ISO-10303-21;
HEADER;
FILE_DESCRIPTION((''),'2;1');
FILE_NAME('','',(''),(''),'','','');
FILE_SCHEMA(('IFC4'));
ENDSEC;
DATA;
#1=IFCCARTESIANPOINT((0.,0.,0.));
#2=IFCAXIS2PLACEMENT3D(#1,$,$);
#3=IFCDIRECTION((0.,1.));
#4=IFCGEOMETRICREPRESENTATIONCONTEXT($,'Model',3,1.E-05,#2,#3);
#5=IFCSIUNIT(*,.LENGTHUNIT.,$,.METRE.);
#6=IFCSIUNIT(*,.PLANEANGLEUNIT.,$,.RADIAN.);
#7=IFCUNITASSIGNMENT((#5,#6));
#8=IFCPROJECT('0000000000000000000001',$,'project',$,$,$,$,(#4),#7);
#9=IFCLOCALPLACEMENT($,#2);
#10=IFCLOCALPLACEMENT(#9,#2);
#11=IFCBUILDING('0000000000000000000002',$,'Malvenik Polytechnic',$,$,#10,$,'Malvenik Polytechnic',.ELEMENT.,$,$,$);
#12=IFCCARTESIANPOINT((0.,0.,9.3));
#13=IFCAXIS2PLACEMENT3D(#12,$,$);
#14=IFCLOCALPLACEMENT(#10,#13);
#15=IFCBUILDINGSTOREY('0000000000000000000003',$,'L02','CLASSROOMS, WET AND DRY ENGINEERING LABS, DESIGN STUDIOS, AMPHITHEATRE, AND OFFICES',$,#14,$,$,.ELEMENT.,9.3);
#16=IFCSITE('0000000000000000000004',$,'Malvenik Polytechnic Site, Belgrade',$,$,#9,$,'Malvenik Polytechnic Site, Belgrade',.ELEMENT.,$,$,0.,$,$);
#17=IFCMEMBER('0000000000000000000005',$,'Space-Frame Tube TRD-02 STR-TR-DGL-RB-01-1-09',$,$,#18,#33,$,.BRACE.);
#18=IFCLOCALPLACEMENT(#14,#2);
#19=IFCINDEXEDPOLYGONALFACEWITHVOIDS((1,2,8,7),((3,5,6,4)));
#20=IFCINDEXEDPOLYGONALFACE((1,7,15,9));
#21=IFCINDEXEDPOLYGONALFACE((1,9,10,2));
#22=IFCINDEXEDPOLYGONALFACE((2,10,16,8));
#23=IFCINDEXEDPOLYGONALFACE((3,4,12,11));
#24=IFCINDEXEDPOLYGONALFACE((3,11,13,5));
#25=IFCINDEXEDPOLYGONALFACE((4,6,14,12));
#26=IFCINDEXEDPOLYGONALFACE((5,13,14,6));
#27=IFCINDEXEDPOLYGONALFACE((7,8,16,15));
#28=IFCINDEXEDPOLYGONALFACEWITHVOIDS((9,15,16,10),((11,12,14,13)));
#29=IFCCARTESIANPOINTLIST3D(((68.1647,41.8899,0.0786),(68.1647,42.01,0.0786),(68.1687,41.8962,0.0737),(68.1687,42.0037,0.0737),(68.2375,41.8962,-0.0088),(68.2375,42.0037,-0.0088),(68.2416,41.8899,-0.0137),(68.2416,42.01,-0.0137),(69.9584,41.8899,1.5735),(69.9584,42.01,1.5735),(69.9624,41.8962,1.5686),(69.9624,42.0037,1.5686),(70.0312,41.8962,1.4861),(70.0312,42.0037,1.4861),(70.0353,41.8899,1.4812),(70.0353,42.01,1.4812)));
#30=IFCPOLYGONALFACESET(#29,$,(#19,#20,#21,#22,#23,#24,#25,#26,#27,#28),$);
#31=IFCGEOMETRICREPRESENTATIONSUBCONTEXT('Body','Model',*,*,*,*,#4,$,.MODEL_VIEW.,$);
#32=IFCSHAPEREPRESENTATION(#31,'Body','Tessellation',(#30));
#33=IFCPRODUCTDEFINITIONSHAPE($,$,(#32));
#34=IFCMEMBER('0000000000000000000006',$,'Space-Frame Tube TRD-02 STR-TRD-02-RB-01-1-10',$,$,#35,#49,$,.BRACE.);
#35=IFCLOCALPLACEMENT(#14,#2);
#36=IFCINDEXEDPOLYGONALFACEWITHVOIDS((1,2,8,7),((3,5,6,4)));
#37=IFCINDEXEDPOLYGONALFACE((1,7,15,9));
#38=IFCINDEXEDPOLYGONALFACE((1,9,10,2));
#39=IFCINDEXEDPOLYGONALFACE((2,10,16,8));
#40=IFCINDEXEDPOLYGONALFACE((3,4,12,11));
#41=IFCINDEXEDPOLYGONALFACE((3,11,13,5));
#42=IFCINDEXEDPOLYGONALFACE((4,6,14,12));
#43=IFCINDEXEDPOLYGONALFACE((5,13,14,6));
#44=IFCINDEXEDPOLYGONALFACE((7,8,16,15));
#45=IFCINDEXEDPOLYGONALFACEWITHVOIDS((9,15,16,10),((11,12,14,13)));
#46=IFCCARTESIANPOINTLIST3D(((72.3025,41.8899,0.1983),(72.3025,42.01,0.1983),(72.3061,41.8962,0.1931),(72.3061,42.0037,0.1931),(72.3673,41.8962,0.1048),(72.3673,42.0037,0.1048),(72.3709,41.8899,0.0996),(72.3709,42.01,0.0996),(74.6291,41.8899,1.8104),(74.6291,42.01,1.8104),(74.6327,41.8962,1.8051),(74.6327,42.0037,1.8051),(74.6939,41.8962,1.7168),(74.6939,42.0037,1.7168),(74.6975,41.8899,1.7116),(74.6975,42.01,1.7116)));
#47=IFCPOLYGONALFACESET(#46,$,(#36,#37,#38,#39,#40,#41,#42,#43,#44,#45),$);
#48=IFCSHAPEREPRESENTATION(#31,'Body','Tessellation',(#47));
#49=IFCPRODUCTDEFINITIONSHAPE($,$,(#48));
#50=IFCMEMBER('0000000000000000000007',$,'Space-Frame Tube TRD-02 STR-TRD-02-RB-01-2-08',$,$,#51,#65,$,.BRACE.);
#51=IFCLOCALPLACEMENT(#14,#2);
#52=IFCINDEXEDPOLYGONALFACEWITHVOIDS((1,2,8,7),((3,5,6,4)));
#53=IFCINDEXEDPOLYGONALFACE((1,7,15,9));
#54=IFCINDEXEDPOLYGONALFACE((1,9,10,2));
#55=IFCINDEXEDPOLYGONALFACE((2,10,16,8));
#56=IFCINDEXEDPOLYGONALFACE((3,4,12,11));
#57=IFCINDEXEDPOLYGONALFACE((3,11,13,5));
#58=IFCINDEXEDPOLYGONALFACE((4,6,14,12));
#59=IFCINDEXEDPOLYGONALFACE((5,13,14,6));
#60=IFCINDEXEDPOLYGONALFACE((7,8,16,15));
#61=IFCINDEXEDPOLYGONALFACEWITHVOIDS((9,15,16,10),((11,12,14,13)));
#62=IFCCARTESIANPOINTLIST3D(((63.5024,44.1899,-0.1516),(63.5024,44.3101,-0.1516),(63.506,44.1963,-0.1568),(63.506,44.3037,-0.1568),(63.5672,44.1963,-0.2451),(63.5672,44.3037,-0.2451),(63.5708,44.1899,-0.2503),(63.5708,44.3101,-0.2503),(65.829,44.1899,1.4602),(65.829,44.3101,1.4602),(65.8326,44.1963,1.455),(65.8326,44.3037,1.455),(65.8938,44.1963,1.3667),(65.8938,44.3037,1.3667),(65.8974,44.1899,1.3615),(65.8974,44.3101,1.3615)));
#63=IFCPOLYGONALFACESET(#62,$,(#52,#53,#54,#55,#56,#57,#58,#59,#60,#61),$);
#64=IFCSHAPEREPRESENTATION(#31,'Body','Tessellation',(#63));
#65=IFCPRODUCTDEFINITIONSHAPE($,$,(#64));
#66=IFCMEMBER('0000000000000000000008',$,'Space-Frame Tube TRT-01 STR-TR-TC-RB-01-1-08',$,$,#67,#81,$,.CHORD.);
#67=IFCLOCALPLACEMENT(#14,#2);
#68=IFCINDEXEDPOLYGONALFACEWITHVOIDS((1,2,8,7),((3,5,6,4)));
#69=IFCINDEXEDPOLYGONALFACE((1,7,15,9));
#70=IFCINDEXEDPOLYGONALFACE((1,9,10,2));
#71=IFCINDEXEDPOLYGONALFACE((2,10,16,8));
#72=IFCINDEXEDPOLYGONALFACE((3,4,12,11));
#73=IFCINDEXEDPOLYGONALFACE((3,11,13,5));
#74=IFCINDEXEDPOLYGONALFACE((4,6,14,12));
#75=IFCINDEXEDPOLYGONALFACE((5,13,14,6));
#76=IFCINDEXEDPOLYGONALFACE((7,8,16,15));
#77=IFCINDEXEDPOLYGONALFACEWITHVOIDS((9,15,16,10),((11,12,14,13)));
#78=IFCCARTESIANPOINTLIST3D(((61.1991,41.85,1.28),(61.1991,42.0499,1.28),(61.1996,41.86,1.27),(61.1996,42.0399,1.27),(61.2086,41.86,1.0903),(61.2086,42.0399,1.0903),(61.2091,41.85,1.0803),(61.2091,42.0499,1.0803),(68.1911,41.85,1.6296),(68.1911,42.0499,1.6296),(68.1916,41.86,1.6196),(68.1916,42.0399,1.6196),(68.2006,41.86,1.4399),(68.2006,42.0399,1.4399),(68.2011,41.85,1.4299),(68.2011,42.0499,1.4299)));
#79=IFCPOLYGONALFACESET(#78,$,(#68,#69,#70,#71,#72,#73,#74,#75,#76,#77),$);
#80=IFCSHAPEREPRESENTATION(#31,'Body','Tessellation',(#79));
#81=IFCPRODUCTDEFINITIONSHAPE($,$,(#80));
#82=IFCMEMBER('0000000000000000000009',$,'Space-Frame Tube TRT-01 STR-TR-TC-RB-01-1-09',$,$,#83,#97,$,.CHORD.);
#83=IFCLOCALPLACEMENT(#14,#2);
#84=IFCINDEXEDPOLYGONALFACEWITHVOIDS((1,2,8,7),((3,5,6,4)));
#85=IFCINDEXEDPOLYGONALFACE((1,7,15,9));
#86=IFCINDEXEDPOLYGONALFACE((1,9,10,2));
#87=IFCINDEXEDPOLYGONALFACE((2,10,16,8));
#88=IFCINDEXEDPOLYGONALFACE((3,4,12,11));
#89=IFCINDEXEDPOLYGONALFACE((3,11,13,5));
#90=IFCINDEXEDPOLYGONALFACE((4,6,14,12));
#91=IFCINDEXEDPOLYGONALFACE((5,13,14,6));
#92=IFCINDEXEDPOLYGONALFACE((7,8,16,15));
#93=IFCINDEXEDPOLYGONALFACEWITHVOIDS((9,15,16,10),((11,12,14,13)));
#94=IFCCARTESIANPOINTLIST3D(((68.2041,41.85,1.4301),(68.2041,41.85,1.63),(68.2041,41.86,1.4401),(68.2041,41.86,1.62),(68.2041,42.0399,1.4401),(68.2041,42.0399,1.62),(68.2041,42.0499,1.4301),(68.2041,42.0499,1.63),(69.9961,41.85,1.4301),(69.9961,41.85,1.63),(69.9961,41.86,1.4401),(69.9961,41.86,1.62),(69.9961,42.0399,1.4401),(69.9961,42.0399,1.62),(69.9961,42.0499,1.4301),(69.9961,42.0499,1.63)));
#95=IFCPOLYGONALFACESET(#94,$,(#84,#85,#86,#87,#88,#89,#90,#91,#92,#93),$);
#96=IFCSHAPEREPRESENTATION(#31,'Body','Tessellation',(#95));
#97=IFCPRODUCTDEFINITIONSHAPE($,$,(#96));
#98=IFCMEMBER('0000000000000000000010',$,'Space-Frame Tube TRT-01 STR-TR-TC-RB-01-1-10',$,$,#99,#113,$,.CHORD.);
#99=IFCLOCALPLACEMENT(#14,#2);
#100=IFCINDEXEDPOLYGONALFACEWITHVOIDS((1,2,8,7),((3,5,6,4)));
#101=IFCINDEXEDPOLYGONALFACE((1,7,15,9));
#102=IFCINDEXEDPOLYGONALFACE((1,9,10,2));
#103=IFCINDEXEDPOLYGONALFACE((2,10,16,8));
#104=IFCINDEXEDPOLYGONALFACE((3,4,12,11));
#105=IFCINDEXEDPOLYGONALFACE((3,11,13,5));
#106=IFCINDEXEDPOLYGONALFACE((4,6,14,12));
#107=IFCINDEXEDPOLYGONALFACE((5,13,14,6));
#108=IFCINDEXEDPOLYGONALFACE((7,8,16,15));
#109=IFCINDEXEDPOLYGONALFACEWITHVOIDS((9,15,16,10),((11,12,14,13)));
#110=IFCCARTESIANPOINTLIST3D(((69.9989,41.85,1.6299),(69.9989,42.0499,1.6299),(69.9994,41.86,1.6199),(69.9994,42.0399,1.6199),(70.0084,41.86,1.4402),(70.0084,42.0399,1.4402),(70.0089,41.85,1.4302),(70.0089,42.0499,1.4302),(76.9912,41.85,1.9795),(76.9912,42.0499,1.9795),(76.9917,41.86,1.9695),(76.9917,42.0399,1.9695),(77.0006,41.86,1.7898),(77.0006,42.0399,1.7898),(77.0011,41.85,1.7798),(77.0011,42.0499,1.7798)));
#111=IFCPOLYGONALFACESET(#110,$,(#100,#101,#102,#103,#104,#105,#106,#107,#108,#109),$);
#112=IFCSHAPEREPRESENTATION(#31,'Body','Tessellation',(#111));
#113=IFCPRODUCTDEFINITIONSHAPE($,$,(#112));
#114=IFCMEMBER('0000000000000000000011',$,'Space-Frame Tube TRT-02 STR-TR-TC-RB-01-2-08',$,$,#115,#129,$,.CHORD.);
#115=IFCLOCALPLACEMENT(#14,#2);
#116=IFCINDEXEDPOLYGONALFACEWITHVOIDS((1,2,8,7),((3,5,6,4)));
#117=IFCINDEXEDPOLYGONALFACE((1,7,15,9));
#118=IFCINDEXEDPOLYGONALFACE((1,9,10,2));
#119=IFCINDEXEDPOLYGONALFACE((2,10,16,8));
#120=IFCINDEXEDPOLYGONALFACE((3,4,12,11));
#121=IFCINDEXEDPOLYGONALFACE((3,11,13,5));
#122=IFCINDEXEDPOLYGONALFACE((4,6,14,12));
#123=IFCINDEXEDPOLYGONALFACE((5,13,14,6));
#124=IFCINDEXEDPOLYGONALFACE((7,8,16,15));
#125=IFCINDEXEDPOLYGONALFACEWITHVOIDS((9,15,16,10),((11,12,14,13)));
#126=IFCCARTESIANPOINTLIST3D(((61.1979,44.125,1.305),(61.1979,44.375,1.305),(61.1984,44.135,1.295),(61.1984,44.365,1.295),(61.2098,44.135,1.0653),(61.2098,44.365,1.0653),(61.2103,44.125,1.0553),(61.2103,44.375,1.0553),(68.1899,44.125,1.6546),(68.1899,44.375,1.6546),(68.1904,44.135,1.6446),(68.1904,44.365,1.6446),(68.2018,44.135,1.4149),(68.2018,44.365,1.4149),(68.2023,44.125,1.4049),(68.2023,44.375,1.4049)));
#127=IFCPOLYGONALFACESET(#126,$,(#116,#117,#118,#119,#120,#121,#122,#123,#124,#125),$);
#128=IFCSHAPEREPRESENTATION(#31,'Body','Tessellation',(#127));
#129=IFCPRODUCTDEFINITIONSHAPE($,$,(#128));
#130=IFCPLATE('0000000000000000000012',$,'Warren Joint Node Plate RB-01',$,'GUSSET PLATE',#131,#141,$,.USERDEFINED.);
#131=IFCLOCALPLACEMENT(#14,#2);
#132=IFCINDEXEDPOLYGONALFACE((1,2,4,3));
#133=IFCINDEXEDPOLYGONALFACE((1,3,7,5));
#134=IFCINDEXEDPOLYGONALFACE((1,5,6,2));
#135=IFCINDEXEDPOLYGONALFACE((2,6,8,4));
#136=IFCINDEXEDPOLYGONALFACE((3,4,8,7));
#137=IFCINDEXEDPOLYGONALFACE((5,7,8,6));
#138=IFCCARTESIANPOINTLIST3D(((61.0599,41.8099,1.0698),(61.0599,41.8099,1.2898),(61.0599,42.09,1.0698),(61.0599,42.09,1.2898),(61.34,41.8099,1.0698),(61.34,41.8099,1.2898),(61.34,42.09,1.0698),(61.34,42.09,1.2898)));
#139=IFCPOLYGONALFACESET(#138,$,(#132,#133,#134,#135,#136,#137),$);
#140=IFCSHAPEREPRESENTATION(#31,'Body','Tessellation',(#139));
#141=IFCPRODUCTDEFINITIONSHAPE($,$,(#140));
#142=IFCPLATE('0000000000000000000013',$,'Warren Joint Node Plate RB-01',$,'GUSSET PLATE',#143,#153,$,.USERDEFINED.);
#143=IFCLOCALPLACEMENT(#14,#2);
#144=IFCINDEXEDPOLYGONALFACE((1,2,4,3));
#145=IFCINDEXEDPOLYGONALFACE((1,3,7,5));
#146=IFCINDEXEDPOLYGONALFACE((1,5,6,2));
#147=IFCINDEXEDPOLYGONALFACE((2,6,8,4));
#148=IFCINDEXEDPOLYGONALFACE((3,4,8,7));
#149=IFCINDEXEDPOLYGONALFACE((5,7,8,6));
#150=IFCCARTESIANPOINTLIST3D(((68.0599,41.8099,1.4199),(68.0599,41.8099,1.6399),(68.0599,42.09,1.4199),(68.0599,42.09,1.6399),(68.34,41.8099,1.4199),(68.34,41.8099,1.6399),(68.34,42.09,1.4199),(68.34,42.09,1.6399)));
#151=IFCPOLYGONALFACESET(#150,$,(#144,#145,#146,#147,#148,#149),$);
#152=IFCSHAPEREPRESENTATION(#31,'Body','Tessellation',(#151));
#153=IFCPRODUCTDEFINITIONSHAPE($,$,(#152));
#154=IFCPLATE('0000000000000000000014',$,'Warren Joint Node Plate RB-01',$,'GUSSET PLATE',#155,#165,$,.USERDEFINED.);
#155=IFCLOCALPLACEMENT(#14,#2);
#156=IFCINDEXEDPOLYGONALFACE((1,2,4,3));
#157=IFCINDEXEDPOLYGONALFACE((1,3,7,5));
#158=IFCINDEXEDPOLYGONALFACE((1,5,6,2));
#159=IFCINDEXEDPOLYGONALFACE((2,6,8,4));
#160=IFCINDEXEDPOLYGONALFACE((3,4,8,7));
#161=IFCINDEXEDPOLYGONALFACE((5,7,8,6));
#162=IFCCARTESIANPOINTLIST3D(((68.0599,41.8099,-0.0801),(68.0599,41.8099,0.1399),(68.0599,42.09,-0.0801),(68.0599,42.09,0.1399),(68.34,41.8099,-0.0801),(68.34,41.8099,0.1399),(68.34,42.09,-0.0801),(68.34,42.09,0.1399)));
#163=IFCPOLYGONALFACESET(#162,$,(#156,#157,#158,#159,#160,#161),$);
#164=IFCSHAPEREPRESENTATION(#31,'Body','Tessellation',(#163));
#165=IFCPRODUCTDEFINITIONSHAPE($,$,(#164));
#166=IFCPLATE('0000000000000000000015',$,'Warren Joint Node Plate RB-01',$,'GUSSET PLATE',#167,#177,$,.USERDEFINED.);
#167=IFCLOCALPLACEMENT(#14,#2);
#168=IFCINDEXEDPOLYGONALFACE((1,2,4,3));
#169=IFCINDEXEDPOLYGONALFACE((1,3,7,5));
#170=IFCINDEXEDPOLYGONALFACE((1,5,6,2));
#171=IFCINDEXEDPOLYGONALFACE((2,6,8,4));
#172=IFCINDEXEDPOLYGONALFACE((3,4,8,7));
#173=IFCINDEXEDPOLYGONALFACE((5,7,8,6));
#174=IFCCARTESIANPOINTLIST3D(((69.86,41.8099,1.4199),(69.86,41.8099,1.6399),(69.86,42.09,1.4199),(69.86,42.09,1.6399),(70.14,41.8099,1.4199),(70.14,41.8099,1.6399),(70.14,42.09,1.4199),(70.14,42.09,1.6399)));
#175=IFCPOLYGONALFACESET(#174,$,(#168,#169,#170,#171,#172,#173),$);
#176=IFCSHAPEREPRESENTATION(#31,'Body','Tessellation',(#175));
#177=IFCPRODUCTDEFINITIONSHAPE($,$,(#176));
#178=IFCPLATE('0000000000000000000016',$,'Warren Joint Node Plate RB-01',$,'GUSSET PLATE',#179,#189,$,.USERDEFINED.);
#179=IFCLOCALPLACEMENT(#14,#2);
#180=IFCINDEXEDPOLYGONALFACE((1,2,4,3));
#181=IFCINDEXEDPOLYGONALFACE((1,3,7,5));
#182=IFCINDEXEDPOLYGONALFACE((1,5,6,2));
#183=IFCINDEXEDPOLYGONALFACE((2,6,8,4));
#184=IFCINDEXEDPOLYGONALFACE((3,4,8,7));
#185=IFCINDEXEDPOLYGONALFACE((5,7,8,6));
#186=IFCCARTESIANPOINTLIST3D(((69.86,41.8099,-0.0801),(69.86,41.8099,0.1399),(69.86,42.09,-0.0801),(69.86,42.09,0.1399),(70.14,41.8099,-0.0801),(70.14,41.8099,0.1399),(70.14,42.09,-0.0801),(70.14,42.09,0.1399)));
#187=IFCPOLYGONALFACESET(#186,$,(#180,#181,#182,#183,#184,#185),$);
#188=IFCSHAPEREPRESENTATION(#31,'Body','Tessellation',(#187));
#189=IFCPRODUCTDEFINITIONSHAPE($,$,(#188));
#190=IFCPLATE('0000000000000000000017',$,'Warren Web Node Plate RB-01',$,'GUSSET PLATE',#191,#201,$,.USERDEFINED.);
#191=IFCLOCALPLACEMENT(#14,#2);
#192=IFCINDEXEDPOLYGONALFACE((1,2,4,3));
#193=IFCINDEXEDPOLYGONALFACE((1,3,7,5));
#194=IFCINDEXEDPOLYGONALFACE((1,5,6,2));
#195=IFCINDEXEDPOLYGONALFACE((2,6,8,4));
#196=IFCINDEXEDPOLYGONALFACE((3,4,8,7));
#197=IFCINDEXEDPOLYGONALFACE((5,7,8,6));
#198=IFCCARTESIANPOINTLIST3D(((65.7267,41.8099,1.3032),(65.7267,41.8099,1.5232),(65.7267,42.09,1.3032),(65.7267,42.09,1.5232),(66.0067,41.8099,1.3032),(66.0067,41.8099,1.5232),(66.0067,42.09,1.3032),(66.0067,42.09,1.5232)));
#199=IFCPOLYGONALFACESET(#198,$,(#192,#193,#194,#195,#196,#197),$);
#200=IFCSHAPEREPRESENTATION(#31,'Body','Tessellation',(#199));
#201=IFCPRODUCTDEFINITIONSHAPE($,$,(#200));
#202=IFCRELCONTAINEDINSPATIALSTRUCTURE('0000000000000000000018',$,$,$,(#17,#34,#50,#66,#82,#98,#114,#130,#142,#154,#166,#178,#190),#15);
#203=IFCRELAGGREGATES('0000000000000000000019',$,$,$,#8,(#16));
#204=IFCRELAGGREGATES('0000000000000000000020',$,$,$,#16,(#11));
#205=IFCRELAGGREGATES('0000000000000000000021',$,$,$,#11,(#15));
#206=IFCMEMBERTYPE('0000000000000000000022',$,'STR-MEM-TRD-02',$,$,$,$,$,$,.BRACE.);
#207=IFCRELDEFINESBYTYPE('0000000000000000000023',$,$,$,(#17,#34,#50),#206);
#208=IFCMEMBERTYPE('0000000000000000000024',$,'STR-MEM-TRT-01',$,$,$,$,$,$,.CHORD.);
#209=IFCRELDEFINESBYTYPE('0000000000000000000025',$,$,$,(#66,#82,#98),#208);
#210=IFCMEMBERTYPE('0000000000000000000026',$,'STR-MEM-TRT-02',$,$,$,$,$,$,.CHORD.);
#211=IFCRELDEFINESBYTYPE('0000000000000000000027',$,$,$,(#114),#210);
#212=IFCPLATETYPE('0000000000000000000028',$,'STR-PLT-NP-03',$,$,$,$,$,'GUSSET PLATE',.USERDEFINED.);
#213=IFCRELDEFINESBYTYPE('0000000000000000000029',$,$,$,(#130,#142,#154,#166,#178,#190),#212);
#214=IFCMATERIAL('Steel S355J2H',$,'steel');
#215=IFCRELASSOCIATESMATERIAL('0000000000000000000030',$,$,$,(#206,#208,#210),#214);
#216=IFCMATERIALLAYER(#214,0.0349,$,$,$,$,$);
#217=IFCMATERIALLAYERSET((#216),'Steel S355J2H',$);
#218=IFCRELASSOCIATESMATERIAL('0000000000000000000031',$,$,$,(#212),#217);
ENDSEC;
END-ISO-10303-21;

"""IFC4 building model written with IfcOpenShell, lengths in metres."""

from ifc_helpers import new_model, si_unit, direction, frame, origin, origin_2d, place, context, subcontext, project, spatial, rectangle, hollow_rectangle, extrude, material, layer, layer_set, material_profile, profile_set, type_object, element, save


model = new_model("IFC4")

# Units and contexts
model_context = context("Model", 3, precision=1e-05, world=origin(), true_north=direction((0.0, 1.0)))
body_context = subcontext(model_context, "Body", "Model", "MODEL_VIEW")
ifc_project = project(units=[si_unit("LENGTHUNIT", "METRE"), si_unit("PLANEANGLEUNIT", "RADIAN")], contexts=[model_context])

# Site, building, storey
site_placement = place(None, origin())
site = spatial("IfcSite", under=ifc_project, at=site_placement, Name="Malvenik Polytechnic Site, Belgrade", LongName="Malvenik Polytechnic Site, Belgrade", CompositionType="ELEMENT", RefElevation=0.0)
building_placement = place(site_placement, origin())
building = spatial("IfcBuilding", under=site, at=building_placement, Name="Malvenik Polytechnic", LongName="Malvenik Polytechnic", CompositionType="ELEMENT")
storey_placement = place(building_placement, frame((0.0, 0.0, 9.3)))
storey = spatial("IfcBuildingStorey", under=building, at=storey_placement, Name="L02", Description="CLASSROOMS, WET AND DRY ENGINEERING LABS, DESIGN STUDIOS, AMPHITHEATRE, AND OFFICES", CompositionType="ELEMENT", Elevation=9.3)

# Shared definitions
ifc_material_1 = material(Name="Steel S355J2H", Category="steel")

# Members
ifc_material_profile_1 = material_profile(ifc_material_1, hollow_rectangle(XDim=0.1201, YDim=0.1201, WallThickness=0.0063, at=origin_2d()), Name="SHS 120x120x6.3")
ifc_profile_set_1 = profile_set([ifc_material_profile_1], Name="Steel S355J2H")
member_type_1 = type_object("IfcMemberType", Name="STR-MEM-TRD-02", PredefinedType="BRACE", material=ifc_profile_set_1)
member_1_placement = place(storey_placement, frame((68.2031, 41.95, 0.0325), z_axis=(0.768196, 0.0, 0.640215), x_axis=(0.0, 1.0, 0.0)))
element("IfcMember", 1, at=member_1_placement, inside=storey, type_object=member_type_1, Name="Space-Frame Tube TRD-02 STR-TR-DGL-RB-01-1-09", PredefinedType="BRACE", context=body_context, shape_type="SweptSolid", body=[
    extrude(hollow_rectangle(XDim=0.1201, YDim=0.1201, WallThickness=0.0063, at=origin_2d()), origin(), (0.0, 0.0, 1.0), 2.335),
])
member_2_placement = place(storey_placement, frame((72.3367, 41.95, 0.1489), z_axis=(0.821978, 0.0, 0.569519), x_axis=(0.0, 1.0, 0.0)))
element("IfcMember", 2, at=member_2_placement, inside=storey, type_object=member_type_1, Name="Space-Frame Tube TRD-02 STR-TRD-02-RB-01-1-10", PredefinedType="BRACE", context=body_context, shape_type="SweptSolid", body=[
    extrude(hollow_rectangle(XDim=0.1201, YDim=0.1201, WallThickness=0.0063, at=origin_2d()), origin(), (0.0, 0.0, 1.0), 2.8306),
])
member_3_placement = place(storey_placement, frame((63.5366, 44.25, -0.2009), z_axis=(0.822018, 0.0, 0.569461), x_axis=(0.0, 1.0, 0.0)))
element("IfcMember", 3, at=member_3_placement, inside=storey, type_object=member_type_1, Name="Space-Frame Tube TRD-02 STR-TRD-02-RB-01-2-08", PredefinedType="BRACE", context=body_context, shape_type="SweptSolid", body=[
    extrude(hollow_rectangle(XDim=0.1201, YDim=0.1201, WallThickness=0.0063, at=origin_2d()), origin(), (0.0, 0.0, 1.0), 2.8303),
])
ifc_material_profile_2 = material_profile(ifc_material_1, hollow_rectangle(XDim=0.2, YDim=0.2, WallThickness=0.01, at=origin_2d()), Name="SHS 200x200x10.0")
ifc_profile_set_2 = profile_set([ifc_material_profile_2], Name="Steel S355J2H")
member_type_2 = type_object("IfcMemberType", Name="STR-MEM-TRT-01", PredefinedType="CHORD", material=ifc_profile_set_2)
member_4_placement = place(storey_placement, frame((61.2041, 41.95, 1.1802), z_axis=(0.998752, 0.0, 0.049939), x_axis=(0.0, 1.0, 0.0)))
element("IfcMember", 4, at=member_4_placement, inside=storey, type_object=member_type_2, Name="Space-Frame Tube TRT-01 STR-TR-TC-RB-01-1-08", PredefinedType="CHORD", context=body_context, shape_type="SweptSolid", body=[
    extrude(hollow_rectangle(XDim=0.2, YDim=0.2, WallThickness=0.01, at=origin_2d()), origin(), (0.0, 0.0, 1.0), 7.0007),
])
member_5_placement = place(storey_placement, frame((68.2041, 41.95, 1.53), z_axis=(1.0, 0.0, 0.0), x_axis=(0.0, 1.0, 0.0)))
element("IfcMember", 5, at=member_5_placement, inside=storey, type_object=member_type_2, Name="Space-Frame Tube TRT-01 STR-TR-TC-RB-01-1-09", PredefinedType="CHORD", context=body_context, shape_type="SweptSolid", body=[
    extrude(hollow_rectangle(XDim=0.2, YDim=0.2, WallThickness=0.01, at=origin_2d()), origin(), (0.0, 0.0, 1.0), 1.792),
])
member_6_placement = place(storey_placement, frame((70.0039, 41.95, 1.53), z_axis=(0.998752, 0.0, 0.049938), x_axis=(0.0, 1.0, 0.0)))
element("IfcMember", 6, at=member_6_placement, inside=storey, type_object=member_type_2, Name="Space-Frame Tube TRT-01 STR-TR-TC-RB-01-1-10", PredefinedType="CHORD", context=body_context, shape_type="SweptSolid", body=[
    extrude(hollow_rectangle(XDim=0.2, YDim=0.2, WallThickness=0.01, at=origin_2d()), origin(), (0.0, 0.0, 1.0), 7.001),
])
ifc_material_profile_3 = material_profile(ifc_material_1, hollow_rectangle(XDim=0.25, YDim=0.25, WallThickness=0.01, at=origin_2d()), Name="SHS 250x250x10.0")
ifc_profile_set_3 = profile_set([ifc_material_profile_3], Name="Steel S355J2H")
member_type_3 = type_object("IfcMemberType", Name="STR-MEM-TRT-02", PredefinedType="CHORD", material=ifc_profile_set_3)
member_7_placement = place(storey_placement, frame((61.2041, 44.25, 1.1802), z_axis=(0.998752, 0.0, 0.049939), x_axis=(0.0, 1.0, 0.0)))
element("IfcMember", 7, at=member_7_placement, inside=storey, type_object=member_type_3, Name="Space-Frame Tube TRT-02 STR-TR-TC-RB-01-2-08", PredefinedType="CHORD", context=body_context, shape_type="SweptSolid", body=[
    extrude(hollow_rectangle(XDim=0.25, YDim=0.25, WallThickness=0.01, at=origin_2d()), origin(), (0.0, 0.0, 1.0), 7.0007),
])

# Plates
ifc_layer_1 = layer(ifc_material_1, 0.0349)
ifc_layer_set_1 = layer_set([ifc_layer_1], Name="Steel S355J2H")
plate_type = type_object("IfcPlateType", Name="STR-PLT-NP-03", ElementType="GUSSET PLATE", PredefinedType="USERDEFINED", material=ifc_layer_set_1)
for number, where, z_axis, x_axis, name in (
    (8, (61.2, 41.95, 1.0698), (0.0, 0.0, 1.0), (1.0, 0.0, 0.0), "Warren Joint Node Plate RB-01"),
    (9, (68.2, 41.95, 1.4199), (0.0, 0.0, 1.0), (1.0, 0.0, 0.0), "Warren Joint Node Plate RB-01"),
    (10, (68.2, 41.95, -0.0801), (0.0, 0.0, 1.0), (1.0, 0.0, 0.0), "Warren Joint Node Plate RB-01"),
    (11, (70.0, 41.95, 1.4199), (0.0, 0.0, 1.0), (1.0, 0.0, 0.0), "Warren Joint Node Plate RB-01"),
    (12, (70.0, 41.95, -0.0801), (0.0, 0.0, 1.0), (1.0, 0.0, 0.0), "Warren Joint Node Plate RB-01"),
    (13, (65.8667, 41.95, 1.3032), (0.0, 0.0, 1.0), (1.0, 0.0, 0.0), "Warren Web Node Plate RB-01"),
):
    element("IfcPlate", number, at=place(storey_placement, frame(where, z_axis=z_axis, x_axis=x_axis)), inside=storey, type_object=plate_type, Name=name, ObjectType="GUSSET PLATE", PredefinedType="USERDEFINED", context=body_context, shape_type="SweptSolid", body=[
        extrude(rectangle(XDim=0.28, YDim=0.28, at=origin_2d()), origin(), (0.0, 0.0, 1.0), 0.22),
    ])

save(model, "model.ifc")
